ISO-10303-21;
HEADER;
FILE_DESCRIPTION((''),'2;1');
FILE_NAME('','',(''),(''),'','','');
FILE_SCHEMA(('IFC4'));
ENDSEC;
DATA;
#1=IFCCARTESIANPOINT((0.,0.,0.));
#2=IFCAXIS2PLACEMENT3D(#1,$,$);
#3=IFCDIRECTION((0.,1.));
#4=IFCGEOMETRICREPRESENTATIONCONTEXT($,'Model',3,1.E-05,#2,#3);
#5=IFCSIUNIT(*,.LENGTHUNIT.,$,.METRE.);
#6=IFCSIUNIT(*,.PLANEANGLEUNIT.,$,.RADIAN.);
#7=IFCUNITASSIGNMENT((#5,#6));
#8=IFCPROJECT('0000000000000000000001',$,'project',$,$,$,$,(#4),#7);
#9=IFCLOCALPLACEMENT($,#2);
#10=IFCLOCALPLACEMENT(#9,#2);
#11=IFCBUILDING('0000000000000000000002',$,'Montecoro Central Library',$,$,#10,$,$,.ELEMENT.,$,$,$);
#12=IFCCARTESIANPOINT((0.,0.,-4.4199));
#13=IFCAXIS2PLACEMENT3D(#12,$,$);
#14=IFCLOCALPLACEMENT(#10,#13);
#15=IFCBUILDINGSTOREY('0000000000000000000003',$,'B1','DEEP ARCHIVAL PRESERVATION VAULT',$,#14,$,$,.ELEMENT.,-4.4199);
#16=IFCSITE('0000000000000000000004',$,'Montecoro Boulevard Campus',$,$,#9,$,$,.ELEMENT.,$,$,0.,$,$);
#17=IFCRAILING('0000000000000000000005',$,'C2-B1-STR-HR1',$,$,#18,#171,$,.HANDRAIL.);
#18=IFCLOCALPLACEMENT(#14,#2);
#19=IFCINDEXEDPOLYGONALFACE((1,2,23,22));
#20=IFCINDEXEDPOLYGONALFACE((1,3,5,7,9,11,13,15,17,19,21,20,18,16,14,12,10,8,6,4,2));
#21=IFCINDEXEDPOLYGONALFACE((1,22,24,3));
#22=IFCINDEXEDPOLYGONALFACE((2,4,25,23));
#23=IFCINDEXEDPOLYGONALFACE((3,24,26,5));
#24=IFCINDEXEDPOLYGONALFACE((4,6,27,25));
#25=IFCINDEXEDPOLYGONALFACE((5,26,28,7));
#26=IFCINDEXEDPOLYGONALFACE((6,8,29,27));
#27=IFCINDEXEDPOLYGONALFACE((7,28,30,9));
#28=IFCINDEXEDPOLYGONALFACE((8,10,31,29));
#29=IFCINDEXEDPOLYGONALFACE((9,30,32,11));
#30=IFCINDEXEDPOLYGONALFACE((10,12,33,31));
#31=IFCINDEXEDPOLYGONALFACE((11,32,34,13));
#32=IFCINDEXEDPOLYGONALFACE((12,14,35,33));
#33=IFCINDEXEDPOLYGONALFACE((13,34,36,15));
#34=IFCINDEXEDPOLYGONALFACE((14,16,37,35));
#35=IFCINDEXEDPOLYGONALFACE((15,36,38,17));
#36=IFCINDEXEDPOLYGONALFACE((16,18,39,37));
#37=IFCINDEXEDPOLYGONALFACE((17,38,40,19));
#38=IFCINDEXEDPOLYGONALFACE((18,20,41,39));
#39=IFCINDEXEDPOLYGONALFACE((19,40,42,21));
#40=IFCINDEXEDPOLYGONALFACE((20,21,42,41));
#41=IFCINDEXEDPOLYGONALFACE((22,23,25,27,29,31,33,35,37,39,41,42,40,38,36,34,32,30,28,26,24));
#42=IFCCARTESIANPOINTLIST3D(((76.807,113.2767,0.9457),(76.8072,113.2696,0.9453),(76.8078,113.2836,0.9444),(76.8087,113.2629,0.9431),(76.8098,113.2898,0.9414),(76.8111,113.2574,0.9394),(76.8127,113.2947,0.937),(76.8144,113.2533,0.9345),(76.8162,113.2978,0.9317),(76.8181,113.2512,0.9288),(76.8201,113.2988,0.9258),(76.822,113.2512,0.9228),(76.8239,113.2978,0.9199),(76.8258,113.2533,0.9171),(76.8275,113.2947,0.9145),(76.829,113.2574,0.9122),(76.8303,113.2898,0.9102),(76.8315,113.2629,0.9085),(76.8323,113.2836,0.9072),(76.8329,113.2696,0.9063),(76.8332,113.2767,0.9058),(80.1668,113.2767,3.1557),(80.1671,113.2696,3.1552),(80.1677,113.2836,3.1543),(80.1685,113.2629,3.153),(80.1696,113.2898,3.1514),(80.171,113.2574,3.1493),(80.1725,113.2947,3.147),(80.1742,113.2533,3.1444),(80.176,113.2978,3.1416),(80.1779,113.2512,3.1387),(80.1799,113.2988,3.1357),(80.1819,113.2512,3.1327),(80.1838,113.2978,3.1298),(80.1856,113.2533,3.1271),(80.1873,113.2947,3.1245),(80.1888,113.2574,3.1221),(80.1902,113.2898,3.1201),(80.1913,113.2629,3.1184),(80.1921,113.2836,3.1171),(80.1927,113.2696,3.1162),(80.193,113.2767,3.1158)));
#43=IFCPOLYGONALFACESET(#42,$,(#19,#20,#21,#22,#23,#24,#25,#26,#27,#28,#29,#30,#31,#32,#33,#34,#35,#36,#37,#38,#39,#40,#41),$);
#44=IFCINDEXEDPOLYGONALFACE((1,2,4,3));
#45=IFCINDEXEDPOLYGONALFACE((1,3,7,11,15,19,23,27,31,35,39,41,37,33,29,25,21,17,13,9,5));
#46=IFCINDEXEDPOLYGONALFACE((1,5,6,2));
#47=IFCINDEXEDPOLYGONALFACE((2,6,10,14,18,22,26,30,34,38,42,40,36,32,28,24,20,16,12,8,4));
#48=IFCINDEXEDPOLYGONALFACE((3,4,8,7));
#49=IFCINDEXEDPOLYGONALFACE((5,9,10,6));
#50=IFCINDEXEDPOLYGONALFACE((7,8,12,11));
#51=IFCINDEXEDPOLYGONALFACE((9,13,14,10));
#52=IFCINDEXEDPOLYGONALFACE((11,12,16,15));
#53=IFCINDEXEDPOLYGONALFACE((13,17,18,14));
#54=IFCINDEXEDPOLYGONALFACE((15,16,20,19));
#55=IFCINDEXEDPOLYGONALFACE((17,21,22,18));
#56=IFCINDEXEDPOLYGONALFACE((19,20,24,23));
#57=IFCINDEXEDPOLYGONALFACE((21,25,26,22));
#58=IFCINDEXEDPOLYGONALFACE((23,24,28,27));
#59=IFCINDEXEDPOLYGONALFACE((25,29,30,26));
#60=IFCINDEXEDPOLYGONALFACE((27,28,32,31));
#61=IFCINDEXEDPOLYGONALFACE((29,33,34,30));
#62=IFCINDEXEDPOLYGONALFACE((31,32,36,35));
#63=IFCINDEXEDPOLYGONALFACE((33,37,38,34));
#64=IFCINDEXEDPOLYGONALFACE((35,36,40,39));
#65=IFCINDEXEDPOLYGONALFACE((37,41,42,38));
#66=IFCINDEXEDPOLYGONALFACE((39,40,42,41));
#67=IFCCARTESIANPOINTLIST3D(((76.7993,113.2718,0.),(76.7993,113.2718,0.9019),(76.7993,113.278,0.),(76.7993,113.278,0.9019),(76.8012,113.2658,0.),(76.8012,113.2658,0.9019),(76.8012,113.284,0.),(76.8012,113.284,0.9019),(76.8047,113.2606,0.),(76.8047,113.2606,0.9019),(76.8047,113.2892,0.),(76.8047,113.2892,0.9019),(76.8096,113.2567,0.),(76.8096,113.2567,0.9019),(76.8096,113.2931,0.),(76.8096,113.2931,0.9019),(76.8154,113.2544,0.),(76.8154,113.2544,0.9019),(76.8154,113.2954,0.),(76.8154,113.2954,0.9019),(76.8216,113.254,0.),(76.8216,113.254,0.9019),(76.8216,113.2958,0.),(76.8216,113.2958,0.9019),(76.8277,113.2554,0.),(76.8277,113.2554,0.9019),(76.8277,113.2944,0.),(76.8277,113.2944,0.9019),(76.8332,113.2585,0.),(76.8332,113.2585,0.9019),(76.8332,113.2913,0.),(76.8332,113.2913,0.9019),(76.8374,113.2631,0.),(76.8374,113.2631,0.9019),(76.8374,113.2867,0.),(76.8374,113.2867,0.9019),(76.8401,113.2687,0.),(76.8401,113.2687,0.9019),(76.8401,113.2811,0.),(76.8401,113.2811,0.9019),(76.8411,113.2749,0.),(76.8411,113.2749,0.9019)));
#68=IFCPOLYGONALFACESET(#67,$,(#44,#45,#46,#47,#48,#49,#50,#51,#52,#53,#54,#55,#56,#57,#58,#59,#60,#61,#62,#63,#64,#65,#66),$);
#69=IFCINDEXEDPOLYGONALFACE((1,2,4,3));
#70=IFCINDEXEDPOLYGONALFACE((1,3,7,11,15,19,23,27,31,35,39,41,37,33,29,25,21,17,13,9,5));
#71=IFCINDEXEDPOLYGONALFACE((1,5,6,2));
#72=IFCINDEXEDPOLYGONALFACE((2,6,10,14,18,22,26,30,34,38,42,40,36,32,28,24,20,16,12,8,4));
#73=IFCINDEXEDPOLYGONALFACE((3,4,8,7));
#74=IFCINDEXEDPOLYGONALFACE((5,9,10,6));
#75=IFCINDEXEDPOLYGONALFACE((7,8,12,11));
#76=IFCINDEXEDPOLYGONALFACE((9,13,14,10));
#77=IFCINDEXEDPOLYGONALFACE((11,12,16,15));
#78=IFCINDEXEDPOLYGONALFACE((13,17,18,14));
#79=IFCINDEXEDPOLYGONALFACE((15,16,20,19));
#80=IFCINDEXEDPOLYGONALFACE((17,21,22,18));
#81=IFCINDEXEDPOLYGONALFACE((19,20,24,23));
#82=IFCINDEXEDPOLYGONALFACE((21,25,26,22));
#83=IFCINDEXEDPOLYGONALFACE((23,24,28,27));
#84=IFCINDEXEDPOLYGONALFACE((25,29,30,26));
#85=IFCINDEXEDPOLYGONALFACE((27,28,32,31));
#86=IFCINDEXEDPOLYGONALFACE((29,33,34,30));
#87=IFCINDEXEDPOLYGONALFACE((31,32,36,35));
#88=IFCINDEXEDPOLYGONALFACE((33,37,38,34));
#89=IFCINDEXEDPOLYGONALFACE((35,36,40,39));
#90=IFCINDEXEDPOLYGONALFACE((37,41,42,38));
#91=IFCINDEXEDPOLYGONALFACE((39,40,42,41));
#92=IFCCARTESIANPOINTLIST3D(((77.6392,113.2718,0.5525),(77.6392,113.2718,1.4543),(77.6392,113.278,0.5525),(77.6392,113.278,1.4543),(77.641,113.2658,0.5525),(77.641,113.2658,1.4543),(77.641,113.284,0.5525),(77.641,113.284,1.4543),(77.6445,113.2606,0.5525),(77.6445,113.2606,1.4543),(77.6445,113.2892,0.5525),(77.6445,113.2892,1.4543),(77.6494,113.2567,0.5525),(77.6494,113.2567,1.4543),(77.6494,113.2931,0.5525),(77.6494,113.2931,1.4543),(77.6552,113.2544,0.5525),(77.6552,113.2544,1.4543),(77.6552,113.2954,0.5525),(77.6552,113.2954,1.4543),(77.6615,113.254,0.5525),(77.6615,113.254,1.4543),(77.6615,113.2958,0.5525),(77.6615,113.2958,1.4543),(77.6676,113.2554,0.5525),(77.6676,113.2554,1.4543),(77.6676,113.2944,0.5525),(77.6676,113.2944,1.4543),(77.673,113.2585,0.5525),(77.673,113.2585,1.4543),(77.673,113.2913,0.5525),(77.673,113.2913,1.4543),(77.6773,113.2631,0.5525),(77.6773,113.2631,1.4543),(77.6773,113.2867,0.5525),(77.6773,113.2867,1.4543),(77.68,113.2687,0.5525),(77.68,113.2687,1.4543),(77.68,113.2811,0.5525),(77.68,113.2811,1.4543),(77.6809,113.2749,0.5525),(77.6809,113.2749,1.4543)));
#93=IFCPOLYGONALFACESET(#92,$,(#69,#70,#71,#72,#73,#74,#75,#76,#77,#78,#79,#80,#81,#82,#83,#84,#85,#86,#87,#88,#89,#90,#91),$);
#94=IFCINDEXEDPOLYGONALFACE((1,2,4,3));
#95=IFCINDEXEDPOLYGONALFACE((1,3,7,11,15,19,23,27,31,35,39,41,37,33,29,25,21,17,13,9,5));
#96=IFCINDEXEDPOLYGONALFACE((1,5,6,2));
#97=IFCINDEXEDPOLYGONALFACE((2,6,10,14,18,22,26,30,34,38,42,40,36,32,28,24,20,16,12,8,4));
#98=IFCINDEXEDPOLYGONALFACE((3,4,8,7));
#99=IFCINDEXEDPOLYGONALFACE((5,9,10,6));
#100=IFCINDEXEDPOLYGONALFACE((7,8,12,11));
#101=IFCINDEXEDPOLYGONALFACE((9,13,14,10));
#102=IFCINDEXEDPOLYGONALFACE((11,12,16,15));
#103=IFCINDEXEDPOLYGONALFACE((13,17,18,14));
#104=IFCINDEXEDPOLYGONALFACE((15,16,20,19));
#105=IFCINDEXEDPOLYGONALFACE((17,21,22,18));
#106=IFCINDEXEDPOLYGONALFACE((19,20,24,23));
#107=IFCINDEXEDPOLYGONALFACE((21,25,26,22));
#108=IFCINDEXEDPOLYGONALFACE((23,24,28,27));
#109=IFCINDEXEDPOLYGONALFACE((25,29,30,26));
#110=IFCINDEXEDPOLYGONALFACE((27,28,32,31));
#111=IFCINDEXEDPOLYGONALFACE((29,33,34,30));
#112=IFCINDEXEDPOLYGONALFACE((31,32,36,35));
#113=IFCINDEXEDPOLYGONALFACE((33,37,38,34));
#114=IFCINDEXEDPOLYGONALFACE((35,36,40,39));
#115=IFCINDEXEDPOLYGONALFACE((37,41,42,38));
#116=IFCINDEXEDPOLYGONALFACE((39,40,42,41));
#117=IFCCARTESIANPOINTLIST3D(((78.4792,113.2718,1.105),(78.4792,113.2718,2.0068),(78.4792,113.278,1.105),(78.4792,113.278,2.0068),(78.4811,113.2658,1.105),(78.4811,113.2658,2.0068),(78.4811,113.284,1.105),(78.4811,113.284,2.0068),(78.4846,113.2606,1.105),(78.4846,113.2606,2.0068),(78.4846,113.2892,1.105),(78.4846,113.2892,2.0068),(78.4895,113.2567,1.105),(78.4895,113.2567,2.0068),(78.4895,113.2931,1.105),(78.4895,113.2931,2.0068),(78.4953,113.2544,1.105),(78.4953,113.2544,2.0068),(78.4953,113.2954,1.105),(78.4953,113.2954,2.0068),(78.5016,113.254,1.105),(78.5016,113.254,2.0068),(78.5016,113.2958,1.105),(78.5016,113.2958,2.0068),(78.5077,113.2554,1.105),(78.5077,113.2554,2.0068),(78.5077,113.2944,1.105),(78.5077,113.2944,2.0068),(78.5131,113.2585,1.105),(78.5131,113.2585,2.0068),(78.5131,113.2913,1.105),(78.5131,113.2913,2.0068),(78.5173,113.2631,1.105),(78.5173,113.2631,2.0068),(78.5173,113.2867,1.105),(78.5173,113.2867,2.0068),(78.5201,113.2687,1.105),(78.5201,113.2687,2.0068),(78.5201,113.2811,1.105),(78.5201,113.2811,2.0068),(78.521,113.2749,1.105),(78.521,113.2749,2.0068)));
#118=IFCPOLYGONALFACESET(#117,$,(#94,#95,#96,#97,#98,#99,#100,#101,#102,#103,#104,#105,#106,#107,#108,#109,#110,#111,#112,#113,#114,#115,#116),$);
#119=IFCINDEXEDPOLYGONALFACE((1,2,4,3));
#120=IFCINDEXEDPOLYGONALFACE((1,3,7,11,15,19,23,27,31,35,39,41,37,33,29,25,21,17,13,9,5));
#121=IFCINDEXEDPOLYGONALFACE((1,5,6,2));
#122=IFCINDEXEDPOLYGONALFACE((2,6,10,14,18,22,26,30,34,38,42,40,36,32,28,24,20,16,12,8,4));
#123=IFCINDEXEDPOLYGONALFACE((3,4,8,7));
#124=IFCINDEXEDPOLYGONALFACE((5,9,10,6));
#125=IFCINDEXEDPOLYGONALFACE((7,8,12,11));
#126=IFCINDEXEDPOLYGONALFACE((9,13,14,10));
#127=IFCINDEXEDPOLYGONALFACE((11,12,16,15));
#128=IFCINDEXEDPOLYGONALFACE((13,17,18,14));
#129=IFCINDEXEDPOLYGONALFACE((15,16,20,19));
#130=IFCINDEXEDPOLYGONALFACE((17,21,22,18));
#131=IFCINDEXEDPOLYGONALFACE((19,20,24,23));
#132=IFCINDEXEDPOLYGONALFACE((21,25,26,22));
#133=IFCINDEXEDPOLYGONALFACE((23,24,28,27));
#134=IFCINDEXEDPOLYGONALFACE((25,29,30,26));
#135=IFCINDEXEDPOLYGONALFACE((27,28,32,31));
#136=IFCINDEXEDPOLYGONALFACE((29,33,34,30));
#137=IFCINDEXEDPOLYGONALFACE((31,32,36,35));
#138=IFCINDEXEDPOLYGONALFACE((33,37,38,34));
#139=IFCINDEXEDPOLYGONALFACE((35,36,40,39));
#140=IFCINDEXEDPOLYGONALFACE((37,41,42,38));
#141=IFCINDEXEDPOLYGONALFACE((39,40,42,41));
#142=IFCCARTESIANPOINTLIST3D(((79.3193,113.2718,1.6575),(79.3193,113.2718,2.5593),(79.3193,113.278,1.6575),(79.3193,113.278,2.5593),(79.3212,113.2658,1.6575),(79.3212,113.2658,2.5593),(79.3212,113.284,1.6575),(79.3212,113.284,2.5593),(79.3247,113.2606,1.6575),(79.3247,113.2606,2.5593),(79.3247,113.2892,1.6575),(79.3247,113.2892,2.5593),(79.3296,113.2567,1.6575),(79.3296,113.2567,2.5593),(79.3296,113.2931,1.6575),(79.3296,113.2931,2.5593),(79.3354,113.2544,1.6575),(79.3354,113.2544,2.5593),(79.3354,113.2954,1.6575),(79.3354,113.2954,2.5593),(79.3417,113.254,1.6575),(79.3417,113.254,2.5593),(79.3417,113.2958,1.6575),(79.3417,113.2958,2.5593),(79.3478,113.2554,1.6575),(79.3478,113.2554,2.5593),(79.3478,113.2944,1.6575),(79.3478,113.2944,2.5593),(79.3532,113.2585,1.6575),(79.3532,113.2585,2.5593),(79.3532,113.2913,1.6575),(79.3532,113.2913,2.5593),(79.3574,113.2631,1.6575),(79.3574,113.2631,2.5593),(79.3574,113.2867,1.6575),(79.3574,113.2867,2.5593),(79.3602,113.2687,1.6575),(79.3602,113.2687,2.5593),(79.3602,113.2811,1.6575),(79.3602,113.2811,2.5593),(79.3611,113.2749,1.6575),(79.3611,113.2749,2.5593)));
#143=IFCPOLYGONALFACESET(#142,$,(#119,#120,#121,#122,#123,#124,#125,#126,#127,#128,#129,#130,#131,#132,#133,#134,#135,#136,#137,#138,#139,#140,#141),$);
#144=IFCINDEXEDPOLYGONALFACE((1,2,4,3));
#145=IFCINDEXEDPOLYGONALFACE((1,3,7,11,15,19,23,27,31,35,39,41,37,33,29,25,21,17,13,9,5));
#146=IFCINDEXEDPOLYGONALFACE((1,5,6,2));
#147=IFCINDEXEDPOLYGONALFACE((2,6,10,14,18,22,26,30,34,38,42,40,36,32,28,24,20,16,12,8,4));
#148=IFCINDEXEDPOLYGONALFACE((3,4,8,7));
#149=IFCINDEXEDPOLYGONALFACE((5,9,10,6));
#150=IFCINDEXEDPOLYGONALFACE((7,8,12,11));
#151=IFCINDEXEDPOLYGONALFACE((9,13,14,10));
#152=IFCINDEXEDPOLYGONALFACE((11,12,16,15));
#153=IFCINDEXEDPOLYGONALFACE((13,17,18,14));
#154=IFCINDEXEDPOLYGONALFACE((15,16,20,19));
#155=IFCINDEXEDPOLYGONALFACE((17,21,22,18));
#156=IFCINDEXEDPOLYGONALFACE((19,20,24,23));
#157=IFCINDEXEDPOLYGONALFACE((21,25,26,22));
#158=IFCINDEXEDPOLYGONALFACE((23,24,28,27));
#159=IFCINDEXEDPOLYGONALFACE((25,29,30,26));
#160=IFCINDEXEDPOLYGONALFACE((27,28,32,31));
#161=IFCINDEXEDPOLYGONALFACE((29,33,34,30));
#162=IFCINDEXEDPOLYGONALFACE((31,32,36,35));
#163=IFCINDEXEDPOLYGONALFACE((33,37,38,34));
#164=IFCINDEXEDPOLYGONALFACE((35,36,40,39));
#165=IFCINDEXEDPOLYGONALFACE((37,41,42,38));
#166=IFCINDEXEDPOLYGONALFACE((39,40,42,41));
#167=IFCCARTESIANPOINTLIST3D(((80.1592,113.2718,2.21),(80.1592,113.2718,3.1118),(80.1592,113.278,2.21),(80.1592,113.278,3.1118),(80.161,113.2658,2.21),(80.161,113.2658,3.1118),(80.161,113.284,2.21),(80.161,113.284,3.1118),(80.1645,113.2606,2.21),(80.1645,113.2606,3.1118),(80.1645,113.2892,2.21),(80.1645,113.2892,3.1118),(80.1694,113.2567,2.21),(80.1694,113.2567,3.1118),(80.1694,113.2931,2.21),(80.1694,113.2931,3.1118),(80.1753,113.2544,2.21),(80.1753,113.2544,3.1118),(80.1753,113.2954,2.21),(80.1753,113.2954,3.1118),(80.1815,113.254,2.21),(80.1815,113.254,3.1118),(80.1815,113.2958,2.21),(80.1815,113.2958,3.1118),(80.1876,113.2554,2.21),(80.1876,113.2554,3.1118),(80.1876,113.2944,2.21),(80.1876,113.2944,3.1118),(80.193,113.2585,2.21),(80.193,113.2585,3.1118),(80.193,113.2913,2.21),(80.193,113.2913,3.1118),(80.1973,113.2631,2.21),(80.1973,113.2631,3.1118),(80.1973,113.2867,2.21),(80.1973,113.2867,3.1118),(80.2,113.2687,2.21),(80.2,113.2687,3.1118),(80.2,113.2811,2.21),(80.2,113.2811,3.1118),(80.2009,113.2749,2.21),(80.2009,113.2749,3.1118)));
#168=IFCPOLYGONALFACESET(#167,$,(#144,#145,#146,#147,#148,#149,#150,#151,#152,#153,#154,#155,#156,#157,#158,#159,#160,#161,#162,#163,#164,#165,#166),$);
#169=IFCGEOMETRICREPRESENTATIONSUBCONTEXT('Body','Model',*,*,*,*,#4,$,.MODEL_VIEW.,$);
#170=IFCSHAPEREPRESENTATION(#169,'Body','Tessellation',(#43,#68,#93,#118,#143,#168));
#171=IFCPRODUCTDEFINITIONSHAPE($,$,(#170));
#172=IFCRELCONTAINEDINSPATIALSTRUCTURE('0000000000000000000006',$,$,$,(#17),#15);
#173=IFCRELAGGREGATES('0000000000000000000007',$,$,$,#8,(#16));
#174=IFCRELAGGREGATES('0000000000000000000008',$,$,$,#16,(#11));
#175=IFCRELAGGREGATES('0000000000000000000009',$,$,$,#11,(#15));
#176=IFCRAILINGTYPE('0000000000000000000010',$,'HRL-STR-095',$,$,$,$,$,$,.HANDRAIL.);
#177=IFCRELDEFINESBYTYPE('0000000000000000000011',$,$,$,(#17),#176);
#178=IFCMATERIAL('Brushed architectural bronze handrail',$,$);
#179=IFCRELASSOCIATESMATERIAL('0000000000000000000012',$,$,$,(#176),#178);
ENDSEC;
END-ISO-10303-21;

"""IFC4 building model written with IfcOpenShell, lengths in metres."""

from ifc_helpers import new_model, si_unit, direction, frame, origin, origin_2d, place, context, subcontext, project, spatial, circle, extrude, material, type_object, element, save


model = new_model("IFC4")

# Units and contexts
model_context = context("Model", 3, precision=1e-05, world=origin(), true_north=direction((0.0, 1.0)))
body_context = subcontext(model_context, "Body", "Model", "MODEL_VIEW")
ifc_project = project(units=[si_unit("LENGTHUNIT", "METRE"), si_unit("PLANEANGLEUNIT", "RADIAN")], contexts=[model_context])

# Site, building, storey
site_placement = place(None, origin())
site = spatial("IfcSite", under=ifc_project, at=site_placement, Name="Montecoro Boulevard Campus", CompositionType="ELEMENT", RefElevation=0.0)
building_placement = place(site_placement, origin())
building = spatial("IfcBuilding", under=site, at=building_placement, Name="Montecoro Central Library", CompositionType="ELEMENT")
storey_placement = place(building_placement, frame((0.0, 0.0, -4.4199)))
storey = spatial("IfcBuildingStorey", under=building, at=storey_placement, Name="B1", Description="DEEP ARCHIVAL PRESERVATION VAULT", CompositionType="ELEMENT", Elevation=-4.4199)

# Railing
ifc_material_1 = material(Name="Brushed architectural bronze handrail")
railing_type = type_object("IfcRailingType", Name="HRL-STR-095", PredefinedType="HANDRAIL", material=ifc_material_1)
railing_placement = place(storey_placement, frame((76.8201, 113.2749, 0.0)))
element("IfcRailing", 1, at=railing_placement, inside=storey, type_object=railing_type, Name="C2-B1-STR-HR1", PredefinedType="HANDRAIL", context=body_context, shape_type="SweptSolid", body=[
    extrude(circle(Radius=0.0239, at=origin_2d()), frame((0.0, 0.0, 0.9258), z_axis=(0.835471, 0.0, 0.549534), x_axis=(0.0, 1.0, 0.0)), (0.0, 0.0, 1.0), 4.0215),
    extrude(circle(Radius=0.021, at=origin_2d()), origin(), (0.0, 0.0, 1.0), 0.9019),
    extrude(circle(Radius=0.021, at=origin_2d()), frame((0.8398, 0.0, 0.5525)), (0.0, 0.0, 1.0), 0.9019),
    extrude(circle(Radius=0.021, at=origin_2d()), frame((1.6799, 0.0, 1.105)), (0.0, 0.0, 1.0), 0.9019),
    extrude(circle(Radius=0.021, at=origin_2d()), frame((2.52, 0.0, 1.6575)), (0.0, 0.0, 1.0), 0.9019),
    extrude(circle(Radius=0.021, at=origin_2d()), frame((3.3599, 0.0, 2.21)), (0.0, 0.0, 1.0), 0.9019),
])

save(model, "model.ifc")
